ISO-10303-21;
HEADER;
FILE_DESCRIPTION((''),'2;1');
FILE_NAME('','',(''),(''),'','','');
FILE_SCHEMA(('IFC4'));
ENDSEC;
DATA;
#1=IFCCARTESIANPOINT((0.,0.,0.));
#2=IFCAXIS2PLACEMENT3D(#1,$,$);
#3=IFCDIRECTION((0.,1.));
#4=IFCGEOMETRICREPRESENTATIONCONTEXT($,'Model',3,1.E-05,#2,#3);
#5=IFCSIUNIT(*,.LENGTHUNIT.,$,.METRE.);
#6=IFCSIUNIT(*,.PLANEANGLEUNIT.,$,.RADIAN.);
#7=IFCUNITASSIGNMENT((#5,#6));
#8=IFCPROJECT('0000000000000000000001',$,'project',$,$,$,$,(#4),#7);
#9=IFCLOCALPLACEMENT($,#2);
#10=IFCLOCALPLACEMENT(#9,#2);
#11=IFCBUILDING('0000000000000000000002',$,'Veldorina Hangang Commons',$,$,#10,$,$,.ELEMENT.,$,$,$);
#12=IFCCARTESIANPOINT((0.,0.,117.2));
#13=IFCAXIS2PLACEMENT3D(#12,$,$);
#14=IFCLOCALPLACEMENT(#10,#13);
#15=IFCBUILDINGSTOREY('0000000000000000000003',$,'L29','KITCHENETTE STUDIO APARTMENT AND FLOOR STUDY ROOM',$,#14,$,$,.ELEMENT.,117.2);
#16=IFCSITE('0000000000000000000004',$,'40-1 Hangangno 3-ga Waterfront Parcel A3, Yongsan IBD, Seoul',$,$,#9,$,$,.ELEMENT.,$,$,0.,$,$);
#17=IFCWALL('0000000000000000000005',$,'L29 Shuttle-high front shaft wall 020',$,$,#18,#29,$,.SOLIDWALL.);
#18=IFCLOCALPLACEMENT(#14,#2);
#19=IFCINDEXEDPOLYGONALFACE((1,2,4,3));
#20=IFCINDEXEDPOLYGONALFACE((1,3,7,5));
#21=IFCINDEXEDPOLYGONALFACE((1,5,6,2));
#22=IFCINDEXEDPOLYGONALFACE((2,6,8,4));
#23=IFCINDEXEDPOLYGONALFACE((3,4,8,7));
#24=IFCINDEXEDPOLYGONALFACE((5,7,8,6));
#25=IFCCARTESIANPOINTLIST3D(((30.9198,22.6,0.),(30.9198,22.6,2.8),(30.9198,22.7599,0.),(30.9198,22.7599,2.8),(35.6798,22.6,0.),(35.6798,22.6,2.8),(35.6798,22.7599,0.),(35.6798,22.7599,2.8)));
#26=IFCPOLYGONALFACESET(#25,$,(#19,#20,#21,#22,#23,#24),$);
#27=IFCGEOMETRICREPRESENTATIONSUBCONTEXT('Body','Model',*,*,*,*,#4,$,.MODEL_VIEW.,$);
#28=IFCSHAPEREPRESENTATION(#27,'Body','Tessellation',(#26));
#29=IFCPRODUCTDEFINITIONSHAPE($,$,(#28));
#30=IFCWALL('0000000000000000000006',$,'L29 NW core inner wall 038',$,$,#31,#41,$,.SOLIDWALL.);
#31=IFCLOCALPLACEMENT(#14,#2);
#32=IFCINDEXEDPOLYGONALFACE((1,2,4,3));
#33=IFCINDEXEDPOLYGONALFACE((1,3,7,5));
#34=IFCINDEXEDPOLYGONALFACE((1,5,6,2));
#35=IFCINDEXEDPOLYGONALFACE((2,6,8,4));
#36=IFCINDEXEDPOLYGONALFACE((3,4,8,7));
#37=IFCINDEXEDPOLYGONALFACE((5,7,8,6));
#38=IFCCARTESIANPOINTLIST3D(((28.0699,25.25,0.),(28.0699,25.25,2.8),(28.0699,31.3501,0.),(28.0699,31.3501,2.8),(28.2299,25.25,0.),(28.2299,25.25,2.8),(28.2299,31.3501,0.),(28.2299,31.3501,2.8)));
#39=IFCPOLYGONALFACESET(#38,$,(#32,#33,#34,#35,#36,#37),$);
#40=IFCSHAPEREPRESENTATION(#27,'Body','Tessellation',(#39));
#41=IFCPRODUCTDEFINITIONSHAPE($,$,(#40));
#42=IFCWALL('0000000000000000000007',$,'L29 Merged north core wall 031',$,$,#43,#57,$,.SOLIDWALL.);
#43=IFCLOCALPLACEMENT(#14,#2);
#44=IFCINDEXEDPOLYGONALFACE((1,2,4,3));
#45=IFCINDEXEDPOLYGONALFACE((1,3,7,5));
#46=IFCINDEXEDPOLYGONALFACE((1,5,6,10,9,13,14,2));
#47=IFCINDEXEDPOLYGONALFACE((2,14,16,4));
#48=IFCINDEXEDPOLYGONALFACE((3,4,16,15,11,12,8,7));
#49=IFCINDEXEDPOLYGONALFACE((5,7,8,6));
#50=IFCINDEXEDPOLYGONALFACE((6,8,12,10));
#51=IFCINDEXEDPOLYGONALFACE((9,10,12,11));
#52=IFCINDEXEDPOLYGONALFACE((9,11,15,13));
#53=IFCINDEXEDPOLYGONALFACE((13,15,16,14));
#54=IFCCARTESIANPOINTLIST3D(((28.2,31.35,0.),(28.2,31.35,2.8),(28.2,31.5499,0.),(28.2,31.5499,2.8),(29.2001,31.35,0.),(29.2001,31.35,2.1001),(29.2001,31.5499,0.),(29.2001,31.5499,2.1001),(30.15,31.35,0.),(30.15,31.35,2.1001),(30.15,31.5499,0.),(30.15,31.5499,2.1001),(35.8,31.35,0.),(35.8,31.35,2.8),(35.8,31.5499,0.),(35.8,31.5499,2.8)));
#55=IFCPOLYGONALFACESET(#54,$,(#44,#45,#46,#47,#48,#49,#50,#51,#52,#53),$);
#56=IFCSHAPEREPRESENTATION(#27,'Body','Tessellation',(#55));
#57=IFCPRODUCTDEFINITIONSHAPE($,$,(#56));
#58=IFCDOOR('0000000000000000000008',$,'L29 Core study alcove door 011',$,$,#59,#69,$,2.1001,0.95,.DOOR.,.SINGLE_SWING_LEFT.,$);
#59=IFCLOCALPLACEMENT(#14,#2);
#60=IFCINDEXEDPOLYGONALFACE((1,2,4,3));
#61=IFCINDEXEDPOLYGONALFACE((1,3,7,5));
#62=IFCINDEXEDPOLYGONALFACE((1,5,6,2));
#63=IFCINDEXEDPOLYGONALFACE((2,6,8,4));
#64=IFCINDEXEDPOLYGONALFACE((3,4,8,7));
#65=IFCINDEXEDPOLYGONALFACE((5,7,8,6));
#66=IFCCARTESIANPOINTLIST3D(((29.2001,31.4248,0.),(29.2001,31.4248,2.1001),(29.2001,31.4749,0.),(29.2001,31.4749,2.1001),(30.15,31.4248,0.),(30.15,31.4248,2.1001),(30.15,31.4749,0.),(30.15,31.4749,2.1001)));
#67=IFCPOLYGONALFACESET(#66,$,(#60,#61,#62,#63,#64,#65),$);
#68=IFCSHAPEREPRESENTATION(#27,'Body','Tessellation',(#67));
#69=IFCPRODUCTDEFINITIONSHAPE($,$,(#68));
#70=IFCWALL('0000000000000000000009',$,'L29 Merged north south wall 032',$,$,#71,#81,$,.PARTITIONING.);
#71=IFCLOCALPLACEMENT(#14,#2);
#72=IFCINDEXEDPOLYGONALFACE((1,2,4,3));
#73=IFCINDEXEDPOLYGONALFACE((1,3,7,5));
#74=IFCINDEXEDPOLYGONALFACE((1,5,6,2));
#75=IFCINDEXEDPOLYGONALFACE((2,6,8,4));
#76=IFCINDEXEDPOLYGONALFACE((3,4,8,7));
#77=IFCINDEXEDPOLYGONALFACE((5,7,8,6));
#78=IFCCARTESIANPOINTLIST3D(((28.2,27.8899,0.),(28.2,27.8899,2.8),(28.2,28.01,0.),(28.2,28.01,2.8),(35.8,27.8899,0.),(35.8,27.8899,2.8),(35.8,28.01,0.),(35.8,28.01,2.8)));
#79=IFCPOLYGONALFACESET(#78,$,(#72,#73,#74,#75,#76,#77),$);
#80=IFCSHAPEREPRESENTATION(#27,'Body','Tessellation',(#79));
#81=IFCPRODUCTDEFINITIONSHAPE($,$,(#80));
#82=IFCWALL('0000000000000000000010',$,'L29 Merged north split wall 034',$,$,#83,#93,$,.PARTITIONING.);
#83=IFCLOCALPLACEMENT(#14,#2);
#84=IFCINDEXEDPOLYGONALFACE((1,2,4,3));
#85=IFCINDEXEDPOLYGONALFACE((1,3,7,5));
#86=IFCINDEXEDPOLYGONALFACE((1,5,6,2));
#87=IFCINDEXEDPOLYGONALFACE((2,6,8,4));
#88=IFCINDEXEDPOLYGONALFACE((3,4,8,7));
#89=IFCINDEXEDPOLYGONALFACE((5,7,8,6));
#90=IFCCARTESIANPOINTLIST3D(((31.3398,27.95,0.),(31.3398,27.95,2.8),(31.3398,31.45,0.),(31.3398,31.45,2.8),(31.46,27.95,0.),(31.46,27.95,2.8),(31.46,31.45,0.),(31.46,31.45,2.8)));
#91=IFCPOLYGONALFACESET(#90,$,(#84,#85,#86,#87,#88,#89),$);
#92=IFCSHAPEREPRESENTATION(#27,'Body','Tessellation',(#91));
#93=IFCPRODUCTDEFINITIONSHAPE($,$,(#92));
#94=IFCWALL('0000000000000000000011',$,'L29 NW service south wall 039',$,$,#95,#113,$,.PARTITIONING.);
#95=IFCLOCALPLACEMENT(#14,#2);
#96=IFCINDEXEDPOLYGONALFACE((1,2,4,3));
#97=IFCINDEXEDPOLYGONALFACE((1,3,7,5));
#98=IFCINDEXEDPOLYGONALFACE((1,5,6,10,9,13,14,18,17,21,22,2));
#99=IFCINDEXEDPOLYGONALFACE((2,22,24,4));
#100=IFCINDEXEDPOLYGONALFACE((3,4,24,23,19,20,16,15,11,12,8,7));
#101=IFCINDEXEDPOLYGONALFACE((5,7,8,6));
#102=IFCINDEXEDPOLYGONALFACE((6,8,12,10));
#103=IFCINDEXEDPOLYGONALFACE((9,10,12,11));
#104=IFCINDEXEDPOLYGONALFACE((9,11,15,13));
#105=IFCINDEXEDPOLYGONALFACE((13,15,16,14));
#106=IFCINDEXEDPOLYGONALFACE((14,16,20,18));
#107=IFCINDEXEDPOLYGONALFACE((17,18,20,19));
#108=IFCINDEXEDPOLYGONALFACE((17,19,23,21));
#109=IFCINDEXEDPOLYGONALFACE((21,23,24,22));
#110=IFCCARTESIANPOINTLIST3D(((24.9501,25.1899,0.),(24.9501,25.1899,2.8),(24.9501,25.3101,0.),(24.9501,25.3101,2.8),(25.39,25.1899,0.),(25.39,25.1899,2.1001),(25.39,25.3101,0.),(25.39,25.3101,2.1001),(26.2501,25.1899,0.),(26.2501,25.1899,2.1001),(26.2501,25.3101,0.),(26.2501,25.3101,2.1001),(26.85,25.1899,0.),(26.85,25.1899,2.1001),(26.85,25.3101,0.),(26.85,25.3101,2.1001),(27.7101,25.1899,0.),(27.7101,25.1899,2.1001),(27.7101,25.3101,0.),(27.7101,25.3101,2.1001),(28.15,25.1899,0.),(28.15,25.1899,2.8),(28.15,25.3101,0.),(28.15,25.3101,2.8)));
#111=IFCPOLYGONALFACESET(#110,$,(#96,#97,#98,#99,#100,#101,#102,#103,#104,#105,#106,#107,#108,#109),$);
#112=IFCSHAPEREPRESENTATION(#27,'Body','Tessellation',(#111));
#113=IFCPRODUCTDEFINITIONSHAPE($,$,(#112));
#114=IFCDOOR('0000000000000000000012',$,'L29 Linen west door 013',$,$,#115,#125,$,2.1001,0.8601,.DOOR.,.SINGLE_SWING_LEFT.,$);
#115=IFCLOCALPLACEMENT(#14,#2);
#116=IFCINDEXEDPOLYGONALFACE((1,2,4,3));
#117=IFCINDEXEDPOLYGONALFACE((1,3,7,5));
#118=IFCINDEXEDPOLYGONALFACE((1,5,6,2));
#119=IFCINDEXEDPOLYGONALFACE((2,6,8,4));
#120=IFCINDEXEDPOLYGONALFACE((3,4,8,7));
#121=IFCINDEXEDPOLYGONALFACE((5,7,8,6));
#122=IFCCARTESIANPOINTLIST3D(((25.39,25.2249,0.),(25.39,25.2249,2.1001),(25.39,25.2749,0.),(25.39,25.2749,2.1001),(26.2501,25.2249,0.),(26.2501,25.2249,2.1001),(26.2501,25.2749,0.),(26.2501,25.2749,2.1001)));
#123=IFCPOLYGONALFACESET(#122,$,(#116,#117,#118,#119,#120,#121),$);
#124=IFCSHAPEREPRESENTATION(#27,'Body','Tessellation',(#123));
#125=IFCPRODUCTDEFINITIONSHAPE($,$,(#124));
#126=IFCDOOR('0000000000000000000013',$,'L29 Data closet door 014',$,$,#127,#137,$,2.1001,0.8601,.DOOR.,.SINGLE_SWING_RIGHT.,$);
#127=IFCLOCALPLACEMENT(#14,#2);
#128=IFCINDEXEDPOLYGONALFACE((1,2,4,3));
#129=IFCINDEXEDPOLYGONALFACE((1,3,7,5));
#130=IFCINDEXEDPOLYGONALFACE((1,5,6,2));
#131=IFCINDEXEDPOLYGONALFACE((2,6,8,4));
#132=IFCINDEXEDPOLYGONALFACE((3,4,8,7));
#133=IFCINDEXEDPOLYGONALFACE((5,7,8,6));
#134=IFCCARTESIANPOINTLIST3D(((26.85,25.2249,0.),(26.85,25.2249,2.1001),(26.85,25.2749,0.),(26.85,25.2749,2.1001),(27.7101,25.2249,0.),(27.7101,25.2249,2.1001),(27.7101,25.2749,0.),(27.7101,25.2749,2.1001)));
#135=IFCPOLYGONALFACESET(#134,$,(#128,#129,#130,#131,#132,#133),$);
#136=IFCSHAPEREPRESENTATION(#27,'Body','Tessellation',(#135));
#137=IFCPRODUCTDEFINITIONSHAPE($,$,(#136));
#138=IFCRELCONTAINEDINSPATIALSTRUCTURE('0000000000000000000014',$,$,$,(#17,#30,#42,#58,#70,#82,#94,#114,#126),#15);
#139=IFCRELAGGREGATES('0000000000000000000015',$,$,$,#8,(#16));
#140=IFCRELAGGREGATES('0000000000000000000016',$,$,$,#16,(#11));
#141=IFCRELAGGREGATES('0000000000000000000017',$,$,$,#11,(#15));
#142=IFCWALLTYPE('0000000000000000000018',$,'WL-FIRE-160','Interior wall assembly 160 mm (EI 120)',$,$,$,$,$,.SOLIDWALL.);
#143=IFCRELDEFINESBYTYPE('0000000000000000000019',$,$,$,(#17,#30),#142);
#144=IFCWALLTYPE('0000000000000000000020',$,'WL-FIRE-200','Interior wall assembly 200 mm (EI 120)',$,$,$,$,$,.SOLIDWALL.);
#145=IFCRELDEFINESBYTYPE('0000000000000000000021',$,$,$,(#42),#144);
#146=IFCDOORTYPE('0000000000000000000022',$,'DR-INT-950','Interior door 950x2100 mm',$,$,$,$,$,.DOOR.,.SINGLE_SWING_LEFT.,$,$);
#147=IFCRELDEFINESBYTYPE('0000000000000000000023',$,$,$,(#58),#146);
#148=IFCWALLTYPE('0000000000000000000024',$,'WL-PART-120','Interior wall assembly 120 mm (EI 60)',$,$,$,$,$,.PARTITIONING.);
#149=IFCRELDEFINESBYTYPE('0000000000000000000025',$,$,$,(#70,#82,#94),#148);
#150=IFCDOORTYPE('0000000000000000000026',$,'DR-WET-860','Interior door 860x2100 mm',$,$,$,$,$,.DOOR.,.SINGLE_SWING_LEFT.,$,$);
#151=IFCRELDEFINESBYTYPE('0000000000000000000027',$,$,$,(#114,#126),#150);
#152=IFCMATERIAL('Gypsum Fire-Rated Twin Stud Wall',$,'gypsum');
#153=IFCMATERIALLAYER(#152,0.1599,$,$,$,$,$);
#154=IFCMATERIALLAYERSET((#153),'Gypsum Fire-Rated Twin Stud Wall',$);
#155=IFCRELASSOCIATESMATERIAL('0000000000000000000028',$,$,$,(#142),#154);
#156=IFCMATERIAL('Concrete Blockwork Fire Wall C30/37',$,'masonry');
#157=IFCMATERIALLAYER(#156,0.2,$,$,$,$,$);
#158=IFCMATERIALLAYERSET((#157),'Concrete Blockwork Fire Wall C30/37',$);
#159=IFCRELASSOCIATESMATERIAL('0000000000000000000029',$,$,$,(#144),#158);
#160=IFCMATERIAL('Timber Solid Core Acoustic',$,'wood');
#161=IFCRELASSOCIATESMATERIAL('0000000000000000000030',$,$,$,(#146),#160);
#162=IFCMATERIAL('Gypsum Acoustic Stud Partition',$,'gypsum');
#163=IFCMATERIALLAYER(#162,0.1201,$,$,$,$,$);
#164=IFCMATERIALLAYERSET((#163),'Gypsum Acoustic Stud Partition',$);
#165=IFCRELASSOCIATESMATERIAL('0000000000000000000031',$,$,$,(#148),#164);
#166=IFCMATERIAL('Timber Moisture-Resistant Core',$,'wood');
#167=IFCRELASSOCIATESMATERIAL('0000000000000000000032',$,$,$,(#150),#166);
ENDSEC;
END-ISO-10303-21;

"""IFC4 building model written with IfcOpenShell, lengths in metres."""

from ifc_helpers import new_model, si_unit, direction, frame, frame_2d, origin, place, context, subcontext, project, spatial, rectangle, extrude, material, layer, layer_set, type_object, element, fill, save


model = new_model("IFC4")

# Units and contexts
model_context = context("Model", 3, precision=1e-05, world=origin(), true_north=direction((0.0, 1.0)))
body_context = subcontext(model_context, "Body", "Model", "MODEL_VIEW")
ifc_project = project(units=[si_unit("LENGTHUNIT", "METRE"), si_unit("PLANEANGLEUNIT", "RADIAN")], contexts=[model_context])

# Site, building, storey
site_placement = place(None, origin())
site = spatial("IfcSite", under=ifc_project, at=site_placement, Name="40-1 Hangangno 3-ga Waterfront Parcel A3, Yongsan IBD, Seoul", CompositionType="ELEMENT", RefElevation=0.0)
building_placement = place(site_placement, origin())
building = spatial("IfcBuilding", under=site, at=building_placement, Name="Veldorina Hangang Commons", CompositionType="ELEMENT")
storey_placement = place(building_placement, frame((0.0, 0.0, 117.2)))
storey = spatial("IfcBuildingStorey", under=building, at=storey_placement, Name="L29", Description="KITCHENETTE STUDIO APARTMENT AND FLOOR STUDY ROOM", CompositionType="ELEMENT", Elevation=117.2)

# Shared definitions
ifc_material_1 = material(Name="Gypsum Fire-Rated Twin Stud Wall", Category="gypsum")
ifc_layer_1 = layer(ifc_material_1, 0.1599)
ifc_layer_set_1 = layer_set([ifc_layer_1], Name="Gypsum Fire-Rated Twin Stud Wall")
wall_type_1 = type_object("IfcWallType", Name="WL-FIRE-160", Description="Interior wall assembly 160 mm (EI 120)", PredefinedType="SOLIDWALL", material=ifc_layer_set_1)

# Walls
wall_1_placement = place(storey_placement, frame((30.9199, 22.6799, 0.0), z_axis=(0.0, 0.0, 1.0), x_axis=(1.0, 0.0, 0.0)))
element("IfcWall", 1, at=wall_1_placement, inside=storey, type_object=wall_type_1, Name="L29 Shuttle-high front shaft wall 020", PredefinedType="SOLIDWALL", context=body_context, shape_type="SweptSolid", body=[
    extrude(rectangle(XDim=4.76, YDim=0.1599, at=frame_2d((2.3799, 0.0))), origin(), (0.0, 0.0, 1.0), 2.8),
])
wall_2_placement = place(storey_placement, frame((28.1499, 25.25, 0.0), z_axis=(0.0, 0.0, 1.0), x_axis=(0.0, 1.0, 0.0)))
element("IfcWall", 2, at=wall_2_placement, inside=storey, type_object=wall_type_1, Name="L29 NW core inner wall 038", PredefinedType="SOLIDWALL", context=body_context, shape_type="SweptSolid", body=[
    extrude(rectangle(XDim=6.1001, YDim=0.1599, at=frame_2d((3.05, 0.0))), origin(), (0.0, 0.0, 1.0), 2.8),
])

# Wall, opening, door
ifc_material_2 = material(Name="Concrete Blockwork Fire Wall C30/37", Category="masonry")
ifc_layer_2 = layer(ifc_material_2, 0.2)
ifc_layer_set_2 = layer_set([ifc_layer_2], Name="Concrete Blockwork Fire Wall C30/37")
wall_type_2 = type_object("IfcWallType", Name="WL-FIRE-200", Description="Interior wall assembly 200 mm (EI 120)", PredefinedType="SOLIDWALL", material=ifc_layer_set_2)
wall_3_placement = place(storey_placement, frame((28.2, 31.45, 0.0), z_axis=(0.0, 0.0, 1.0), x_axis=(1.0, 0.0, 0.0)))
wall_3 = element("IfcWall", 3, at=wall_3_placement, inside=storey, type_object=wall_type_2, Name="L29 Merged north core wall 031", PredefinedType="SOLIDWALL", context=body_context, shape_type="SweptSolid", body=[
    extrude(rectangle(XDim=7.6001, YDim=0.2, at=frame_2d((3.8, 0.0))), origin(), (0.0, 0.0, 1.0), 2.8),
])
opening_1_placement = place(wall_3_placement, frame((1.0, 0.0, 0.0)))
opening_1 = element("IfcOpeningElement", 4, at=opening_1_placement, cuts=wall_3, PredefinedType="OPENING", context=body_context, shape_type="SweptSolid", body=[
    extrude(rectangle(XDim=0.95, YDim=2.1001, at=frame_2d((0.4751, 1.05))), frame((0.0, 0.1099, 0.0), z_axis=(0.0, -1.0, 0.0), x_axis=(1.0, 0.0, 0.0)), (0.0, 0.0, 1.0), 0.22),
])
ifc_material_3 = material(Name="Timber Solid Core Acoustic", Category="wood")
door_type_1 = type_object("IfcDoorType", Name="DR-INT-950", Description="Interior door 950x2100 mm", OperationType="SINGLE_SWING_LEFT", PredefinedType="DOOR", material=ifc_material_3)
door_1_placement = place(opening_1_placement, origin())
door_1 = element("IfcDoor", 5, at=door_1_placement, inside=storey, type_object=door_type_1, Name="L29 Core study alcove door 011", OperationType="SINGLE_SWING_LEFT", OverallHeight=2.1001, OverallWidth=0.95, PredefinedType="DOOR", context=body_context, shape_type="SweptSolid", body=[
    extrude(rectangle(XDim=0.95, YDim=2.1001, at=frame_2d((0.4751, 1.05))), frame((0.0, 0.0249, 0.0), z_axis=(0.0, -1.0, 0.0), x_axis=(1.0, 0.0, 0.0)), (0.0, 0.0, 1.0), 0.05),
])
fill(opening_1, door_1)

# Walls
ifc_material_4 = material(Name="Gypsum Acoustic Stud Partition", Category="gypsum")
ifc_layer_3 = layer(ifc_material_4, 0.1201)
ifc_layer_set_3 = layer_set([ifc_layer_3], Name="Gypsum Acoustic Stud Partition")
wall_type_3 = type_object("IfcWallType", Name="WL-PART-120", Description="Interior wall assembly 120 mm (EI 60)", PredefinedType="PARTITIONING", material=ifc_layer_set_3)
wall_4_placement = place(storey_placement, frame((28.2, 27.95, 0.0), z_axis=(0.0, 0.0, 1.0), x_axis=(1.0, 0.0, 0.0)))
element("IfcWall", 6, at=wall_4_placement, inside=storey, type_object=wall_type_3, Name="L29 Merged north south wall 032", PredefinedType="PARTITIONING", context=body_context, shape_type="SweptSolid", body=[
    extrude(rectangle(XDim=7.6001, YDim=0.1201, at=frame_2d((3.8, 0.0))), origin(), (0.0, 0.0, 1.0), 2.8),
])
wall_5_placement = place(storey_placement, frame((31.3999, 27.95, 0.0), z_axis=(0.0, 0.0, 1.0), x_axis=(0.0, 1.0, 0.0)))
element("IfcWall", 7, at=wall_5_placement, inside=storey, type_object=wall_type_3, Name="L29 Merged north split wall 034", PredefinedType="PARTITIONING", context=body_context, shape_type="SweptSolid", body=[
    extrude(rectangle(XDim=3.5, YDim=0.1201, at=frame_2d((1.75, 0.0))), origin(), (0.0, 0.0, 1.0), 2.8),
])

# Wall, openings, doors
wall_6_placement = place(storey_placement, frame((24.95, 25.25, 0.0), z_axis=(0.0, 0.0, 1.0), x_axis=(1.0, 0.0, 0.0)))
wall_6 = element("IfcWall", 8, at=wall_6_placement, inside=storey, type_object=wall_type_3, Name="L29 NW service south wall 039", PredefinedType="PARTITIONING", context=body_context, shape_type="SweptSolid", body=[
    extrude(rectangle(XDim=3.2, YDim=0.1201, at=frame_2d((1.6001, 0.0))), origin(), (0.0, 0.0, 1.0), 2.8),
])
opening_2_placement = place(wall_6_placement, frame((0.4399, 0.0, 0.0)))
opening_2 = element("IfcOpeningElement", 9, at=opening_2_placement, cuts=wall_6, PredefinedType="OPENING", context=body_context, shape_type="SweptSolid", body=[
    extrude(rectangle(XDim=0.8601, YDim=2.1001, at=frame_2d((0.4302, 1.05))), frame((0.0, 0.0701, 0.0), z_axis=(0.0, -1.0, 0.0), x_axis=(1.0, 0.0, 0.0)), (0.0, 0.0, 1.0), 0.1401),
])
opening_3_placement = place(wall_6_placement, frame((1.8999, 0.0, 0.0)))
opening_3 = element("IfcOpeningElement", 10, at=opening_3_placement, cuts=wall_6, PredefinedType="OPENING", context=body_context, shape_type="SweptSolid", body=[
    extrude(rectangle(XDim=0.8601, YDim=2.1001, at=frame_2d((0.4302, 1.05))), frame((0.0, 0.0701, 0.0), z_axis=(0.0, -1.0, 0.0), x_axis=(1.0, 0.0, 0.0)), (0.0, 0.0, 1.0), 0.1401),
])
ifc_material_5 = material(Name="Timber Moisture-Resistant Core", Category="wood")
door_type_2 = type_object("IfcDoorType", Name="DR-WET-860", Description="Interior door 860x2100 mm", OperationType="SINGLE_SWING_LEFT", PredefinedType="DOOR", material=ifc_material_5)
door_2_placement = place(opening_2_placement, origin())
door_2 = element("IfcDoor", 11, at=door_2_placement, inside=storey, type_object=door_type_2, Name="L29 Linen west door 013", OperationType="SINGLE_SWING_LEFT", OverallHeight=2.1001, OverallWidth=0.8601, PredefinedType="DOOR", context=body_context, shape_type="SweptSolid", body=[
    extrude(rectangle(XDim=0.8601, YDim=2.1001, at=frame_2d((0.4302, 1.05))), frame((0.0, 0.0249, 0.0), z_axis=(0.0, -1.0, 0.0), x_axis=(1.0, 0.0, 0.0)), (0.0, 0.0, 1.0), 0.05),
])
fill(opening_2, door_2)
door_3_placement = place(opening_3_placement, origin())
door_3 = element("IfcDoor", 12, at=door_3_placement, inside=storey, type_object=door_type_2, Name="L29 Data closet door 014", OperationType="SINGLE_SWING_RIGHT", OverallHeight=2.1001, OverallWidth=0.8601, PredefinedType="DOOR", context=body_context, shape_type="SweptSolid", body=[
    extrude(rectangle(XDim=0.8601, YDim=2.1001, at=frame_2d((0.4302, 1.05))), frame((0.0, 0.0249, 0.0), z_axis=(0.0, -1.0, 0.0), x_axis=(1.0, 0.0, 0.0)), (0.0, 0.0, 1.0), 0.05),
])
fill(opening_3, door_3)

save(model, "model.ifc")
